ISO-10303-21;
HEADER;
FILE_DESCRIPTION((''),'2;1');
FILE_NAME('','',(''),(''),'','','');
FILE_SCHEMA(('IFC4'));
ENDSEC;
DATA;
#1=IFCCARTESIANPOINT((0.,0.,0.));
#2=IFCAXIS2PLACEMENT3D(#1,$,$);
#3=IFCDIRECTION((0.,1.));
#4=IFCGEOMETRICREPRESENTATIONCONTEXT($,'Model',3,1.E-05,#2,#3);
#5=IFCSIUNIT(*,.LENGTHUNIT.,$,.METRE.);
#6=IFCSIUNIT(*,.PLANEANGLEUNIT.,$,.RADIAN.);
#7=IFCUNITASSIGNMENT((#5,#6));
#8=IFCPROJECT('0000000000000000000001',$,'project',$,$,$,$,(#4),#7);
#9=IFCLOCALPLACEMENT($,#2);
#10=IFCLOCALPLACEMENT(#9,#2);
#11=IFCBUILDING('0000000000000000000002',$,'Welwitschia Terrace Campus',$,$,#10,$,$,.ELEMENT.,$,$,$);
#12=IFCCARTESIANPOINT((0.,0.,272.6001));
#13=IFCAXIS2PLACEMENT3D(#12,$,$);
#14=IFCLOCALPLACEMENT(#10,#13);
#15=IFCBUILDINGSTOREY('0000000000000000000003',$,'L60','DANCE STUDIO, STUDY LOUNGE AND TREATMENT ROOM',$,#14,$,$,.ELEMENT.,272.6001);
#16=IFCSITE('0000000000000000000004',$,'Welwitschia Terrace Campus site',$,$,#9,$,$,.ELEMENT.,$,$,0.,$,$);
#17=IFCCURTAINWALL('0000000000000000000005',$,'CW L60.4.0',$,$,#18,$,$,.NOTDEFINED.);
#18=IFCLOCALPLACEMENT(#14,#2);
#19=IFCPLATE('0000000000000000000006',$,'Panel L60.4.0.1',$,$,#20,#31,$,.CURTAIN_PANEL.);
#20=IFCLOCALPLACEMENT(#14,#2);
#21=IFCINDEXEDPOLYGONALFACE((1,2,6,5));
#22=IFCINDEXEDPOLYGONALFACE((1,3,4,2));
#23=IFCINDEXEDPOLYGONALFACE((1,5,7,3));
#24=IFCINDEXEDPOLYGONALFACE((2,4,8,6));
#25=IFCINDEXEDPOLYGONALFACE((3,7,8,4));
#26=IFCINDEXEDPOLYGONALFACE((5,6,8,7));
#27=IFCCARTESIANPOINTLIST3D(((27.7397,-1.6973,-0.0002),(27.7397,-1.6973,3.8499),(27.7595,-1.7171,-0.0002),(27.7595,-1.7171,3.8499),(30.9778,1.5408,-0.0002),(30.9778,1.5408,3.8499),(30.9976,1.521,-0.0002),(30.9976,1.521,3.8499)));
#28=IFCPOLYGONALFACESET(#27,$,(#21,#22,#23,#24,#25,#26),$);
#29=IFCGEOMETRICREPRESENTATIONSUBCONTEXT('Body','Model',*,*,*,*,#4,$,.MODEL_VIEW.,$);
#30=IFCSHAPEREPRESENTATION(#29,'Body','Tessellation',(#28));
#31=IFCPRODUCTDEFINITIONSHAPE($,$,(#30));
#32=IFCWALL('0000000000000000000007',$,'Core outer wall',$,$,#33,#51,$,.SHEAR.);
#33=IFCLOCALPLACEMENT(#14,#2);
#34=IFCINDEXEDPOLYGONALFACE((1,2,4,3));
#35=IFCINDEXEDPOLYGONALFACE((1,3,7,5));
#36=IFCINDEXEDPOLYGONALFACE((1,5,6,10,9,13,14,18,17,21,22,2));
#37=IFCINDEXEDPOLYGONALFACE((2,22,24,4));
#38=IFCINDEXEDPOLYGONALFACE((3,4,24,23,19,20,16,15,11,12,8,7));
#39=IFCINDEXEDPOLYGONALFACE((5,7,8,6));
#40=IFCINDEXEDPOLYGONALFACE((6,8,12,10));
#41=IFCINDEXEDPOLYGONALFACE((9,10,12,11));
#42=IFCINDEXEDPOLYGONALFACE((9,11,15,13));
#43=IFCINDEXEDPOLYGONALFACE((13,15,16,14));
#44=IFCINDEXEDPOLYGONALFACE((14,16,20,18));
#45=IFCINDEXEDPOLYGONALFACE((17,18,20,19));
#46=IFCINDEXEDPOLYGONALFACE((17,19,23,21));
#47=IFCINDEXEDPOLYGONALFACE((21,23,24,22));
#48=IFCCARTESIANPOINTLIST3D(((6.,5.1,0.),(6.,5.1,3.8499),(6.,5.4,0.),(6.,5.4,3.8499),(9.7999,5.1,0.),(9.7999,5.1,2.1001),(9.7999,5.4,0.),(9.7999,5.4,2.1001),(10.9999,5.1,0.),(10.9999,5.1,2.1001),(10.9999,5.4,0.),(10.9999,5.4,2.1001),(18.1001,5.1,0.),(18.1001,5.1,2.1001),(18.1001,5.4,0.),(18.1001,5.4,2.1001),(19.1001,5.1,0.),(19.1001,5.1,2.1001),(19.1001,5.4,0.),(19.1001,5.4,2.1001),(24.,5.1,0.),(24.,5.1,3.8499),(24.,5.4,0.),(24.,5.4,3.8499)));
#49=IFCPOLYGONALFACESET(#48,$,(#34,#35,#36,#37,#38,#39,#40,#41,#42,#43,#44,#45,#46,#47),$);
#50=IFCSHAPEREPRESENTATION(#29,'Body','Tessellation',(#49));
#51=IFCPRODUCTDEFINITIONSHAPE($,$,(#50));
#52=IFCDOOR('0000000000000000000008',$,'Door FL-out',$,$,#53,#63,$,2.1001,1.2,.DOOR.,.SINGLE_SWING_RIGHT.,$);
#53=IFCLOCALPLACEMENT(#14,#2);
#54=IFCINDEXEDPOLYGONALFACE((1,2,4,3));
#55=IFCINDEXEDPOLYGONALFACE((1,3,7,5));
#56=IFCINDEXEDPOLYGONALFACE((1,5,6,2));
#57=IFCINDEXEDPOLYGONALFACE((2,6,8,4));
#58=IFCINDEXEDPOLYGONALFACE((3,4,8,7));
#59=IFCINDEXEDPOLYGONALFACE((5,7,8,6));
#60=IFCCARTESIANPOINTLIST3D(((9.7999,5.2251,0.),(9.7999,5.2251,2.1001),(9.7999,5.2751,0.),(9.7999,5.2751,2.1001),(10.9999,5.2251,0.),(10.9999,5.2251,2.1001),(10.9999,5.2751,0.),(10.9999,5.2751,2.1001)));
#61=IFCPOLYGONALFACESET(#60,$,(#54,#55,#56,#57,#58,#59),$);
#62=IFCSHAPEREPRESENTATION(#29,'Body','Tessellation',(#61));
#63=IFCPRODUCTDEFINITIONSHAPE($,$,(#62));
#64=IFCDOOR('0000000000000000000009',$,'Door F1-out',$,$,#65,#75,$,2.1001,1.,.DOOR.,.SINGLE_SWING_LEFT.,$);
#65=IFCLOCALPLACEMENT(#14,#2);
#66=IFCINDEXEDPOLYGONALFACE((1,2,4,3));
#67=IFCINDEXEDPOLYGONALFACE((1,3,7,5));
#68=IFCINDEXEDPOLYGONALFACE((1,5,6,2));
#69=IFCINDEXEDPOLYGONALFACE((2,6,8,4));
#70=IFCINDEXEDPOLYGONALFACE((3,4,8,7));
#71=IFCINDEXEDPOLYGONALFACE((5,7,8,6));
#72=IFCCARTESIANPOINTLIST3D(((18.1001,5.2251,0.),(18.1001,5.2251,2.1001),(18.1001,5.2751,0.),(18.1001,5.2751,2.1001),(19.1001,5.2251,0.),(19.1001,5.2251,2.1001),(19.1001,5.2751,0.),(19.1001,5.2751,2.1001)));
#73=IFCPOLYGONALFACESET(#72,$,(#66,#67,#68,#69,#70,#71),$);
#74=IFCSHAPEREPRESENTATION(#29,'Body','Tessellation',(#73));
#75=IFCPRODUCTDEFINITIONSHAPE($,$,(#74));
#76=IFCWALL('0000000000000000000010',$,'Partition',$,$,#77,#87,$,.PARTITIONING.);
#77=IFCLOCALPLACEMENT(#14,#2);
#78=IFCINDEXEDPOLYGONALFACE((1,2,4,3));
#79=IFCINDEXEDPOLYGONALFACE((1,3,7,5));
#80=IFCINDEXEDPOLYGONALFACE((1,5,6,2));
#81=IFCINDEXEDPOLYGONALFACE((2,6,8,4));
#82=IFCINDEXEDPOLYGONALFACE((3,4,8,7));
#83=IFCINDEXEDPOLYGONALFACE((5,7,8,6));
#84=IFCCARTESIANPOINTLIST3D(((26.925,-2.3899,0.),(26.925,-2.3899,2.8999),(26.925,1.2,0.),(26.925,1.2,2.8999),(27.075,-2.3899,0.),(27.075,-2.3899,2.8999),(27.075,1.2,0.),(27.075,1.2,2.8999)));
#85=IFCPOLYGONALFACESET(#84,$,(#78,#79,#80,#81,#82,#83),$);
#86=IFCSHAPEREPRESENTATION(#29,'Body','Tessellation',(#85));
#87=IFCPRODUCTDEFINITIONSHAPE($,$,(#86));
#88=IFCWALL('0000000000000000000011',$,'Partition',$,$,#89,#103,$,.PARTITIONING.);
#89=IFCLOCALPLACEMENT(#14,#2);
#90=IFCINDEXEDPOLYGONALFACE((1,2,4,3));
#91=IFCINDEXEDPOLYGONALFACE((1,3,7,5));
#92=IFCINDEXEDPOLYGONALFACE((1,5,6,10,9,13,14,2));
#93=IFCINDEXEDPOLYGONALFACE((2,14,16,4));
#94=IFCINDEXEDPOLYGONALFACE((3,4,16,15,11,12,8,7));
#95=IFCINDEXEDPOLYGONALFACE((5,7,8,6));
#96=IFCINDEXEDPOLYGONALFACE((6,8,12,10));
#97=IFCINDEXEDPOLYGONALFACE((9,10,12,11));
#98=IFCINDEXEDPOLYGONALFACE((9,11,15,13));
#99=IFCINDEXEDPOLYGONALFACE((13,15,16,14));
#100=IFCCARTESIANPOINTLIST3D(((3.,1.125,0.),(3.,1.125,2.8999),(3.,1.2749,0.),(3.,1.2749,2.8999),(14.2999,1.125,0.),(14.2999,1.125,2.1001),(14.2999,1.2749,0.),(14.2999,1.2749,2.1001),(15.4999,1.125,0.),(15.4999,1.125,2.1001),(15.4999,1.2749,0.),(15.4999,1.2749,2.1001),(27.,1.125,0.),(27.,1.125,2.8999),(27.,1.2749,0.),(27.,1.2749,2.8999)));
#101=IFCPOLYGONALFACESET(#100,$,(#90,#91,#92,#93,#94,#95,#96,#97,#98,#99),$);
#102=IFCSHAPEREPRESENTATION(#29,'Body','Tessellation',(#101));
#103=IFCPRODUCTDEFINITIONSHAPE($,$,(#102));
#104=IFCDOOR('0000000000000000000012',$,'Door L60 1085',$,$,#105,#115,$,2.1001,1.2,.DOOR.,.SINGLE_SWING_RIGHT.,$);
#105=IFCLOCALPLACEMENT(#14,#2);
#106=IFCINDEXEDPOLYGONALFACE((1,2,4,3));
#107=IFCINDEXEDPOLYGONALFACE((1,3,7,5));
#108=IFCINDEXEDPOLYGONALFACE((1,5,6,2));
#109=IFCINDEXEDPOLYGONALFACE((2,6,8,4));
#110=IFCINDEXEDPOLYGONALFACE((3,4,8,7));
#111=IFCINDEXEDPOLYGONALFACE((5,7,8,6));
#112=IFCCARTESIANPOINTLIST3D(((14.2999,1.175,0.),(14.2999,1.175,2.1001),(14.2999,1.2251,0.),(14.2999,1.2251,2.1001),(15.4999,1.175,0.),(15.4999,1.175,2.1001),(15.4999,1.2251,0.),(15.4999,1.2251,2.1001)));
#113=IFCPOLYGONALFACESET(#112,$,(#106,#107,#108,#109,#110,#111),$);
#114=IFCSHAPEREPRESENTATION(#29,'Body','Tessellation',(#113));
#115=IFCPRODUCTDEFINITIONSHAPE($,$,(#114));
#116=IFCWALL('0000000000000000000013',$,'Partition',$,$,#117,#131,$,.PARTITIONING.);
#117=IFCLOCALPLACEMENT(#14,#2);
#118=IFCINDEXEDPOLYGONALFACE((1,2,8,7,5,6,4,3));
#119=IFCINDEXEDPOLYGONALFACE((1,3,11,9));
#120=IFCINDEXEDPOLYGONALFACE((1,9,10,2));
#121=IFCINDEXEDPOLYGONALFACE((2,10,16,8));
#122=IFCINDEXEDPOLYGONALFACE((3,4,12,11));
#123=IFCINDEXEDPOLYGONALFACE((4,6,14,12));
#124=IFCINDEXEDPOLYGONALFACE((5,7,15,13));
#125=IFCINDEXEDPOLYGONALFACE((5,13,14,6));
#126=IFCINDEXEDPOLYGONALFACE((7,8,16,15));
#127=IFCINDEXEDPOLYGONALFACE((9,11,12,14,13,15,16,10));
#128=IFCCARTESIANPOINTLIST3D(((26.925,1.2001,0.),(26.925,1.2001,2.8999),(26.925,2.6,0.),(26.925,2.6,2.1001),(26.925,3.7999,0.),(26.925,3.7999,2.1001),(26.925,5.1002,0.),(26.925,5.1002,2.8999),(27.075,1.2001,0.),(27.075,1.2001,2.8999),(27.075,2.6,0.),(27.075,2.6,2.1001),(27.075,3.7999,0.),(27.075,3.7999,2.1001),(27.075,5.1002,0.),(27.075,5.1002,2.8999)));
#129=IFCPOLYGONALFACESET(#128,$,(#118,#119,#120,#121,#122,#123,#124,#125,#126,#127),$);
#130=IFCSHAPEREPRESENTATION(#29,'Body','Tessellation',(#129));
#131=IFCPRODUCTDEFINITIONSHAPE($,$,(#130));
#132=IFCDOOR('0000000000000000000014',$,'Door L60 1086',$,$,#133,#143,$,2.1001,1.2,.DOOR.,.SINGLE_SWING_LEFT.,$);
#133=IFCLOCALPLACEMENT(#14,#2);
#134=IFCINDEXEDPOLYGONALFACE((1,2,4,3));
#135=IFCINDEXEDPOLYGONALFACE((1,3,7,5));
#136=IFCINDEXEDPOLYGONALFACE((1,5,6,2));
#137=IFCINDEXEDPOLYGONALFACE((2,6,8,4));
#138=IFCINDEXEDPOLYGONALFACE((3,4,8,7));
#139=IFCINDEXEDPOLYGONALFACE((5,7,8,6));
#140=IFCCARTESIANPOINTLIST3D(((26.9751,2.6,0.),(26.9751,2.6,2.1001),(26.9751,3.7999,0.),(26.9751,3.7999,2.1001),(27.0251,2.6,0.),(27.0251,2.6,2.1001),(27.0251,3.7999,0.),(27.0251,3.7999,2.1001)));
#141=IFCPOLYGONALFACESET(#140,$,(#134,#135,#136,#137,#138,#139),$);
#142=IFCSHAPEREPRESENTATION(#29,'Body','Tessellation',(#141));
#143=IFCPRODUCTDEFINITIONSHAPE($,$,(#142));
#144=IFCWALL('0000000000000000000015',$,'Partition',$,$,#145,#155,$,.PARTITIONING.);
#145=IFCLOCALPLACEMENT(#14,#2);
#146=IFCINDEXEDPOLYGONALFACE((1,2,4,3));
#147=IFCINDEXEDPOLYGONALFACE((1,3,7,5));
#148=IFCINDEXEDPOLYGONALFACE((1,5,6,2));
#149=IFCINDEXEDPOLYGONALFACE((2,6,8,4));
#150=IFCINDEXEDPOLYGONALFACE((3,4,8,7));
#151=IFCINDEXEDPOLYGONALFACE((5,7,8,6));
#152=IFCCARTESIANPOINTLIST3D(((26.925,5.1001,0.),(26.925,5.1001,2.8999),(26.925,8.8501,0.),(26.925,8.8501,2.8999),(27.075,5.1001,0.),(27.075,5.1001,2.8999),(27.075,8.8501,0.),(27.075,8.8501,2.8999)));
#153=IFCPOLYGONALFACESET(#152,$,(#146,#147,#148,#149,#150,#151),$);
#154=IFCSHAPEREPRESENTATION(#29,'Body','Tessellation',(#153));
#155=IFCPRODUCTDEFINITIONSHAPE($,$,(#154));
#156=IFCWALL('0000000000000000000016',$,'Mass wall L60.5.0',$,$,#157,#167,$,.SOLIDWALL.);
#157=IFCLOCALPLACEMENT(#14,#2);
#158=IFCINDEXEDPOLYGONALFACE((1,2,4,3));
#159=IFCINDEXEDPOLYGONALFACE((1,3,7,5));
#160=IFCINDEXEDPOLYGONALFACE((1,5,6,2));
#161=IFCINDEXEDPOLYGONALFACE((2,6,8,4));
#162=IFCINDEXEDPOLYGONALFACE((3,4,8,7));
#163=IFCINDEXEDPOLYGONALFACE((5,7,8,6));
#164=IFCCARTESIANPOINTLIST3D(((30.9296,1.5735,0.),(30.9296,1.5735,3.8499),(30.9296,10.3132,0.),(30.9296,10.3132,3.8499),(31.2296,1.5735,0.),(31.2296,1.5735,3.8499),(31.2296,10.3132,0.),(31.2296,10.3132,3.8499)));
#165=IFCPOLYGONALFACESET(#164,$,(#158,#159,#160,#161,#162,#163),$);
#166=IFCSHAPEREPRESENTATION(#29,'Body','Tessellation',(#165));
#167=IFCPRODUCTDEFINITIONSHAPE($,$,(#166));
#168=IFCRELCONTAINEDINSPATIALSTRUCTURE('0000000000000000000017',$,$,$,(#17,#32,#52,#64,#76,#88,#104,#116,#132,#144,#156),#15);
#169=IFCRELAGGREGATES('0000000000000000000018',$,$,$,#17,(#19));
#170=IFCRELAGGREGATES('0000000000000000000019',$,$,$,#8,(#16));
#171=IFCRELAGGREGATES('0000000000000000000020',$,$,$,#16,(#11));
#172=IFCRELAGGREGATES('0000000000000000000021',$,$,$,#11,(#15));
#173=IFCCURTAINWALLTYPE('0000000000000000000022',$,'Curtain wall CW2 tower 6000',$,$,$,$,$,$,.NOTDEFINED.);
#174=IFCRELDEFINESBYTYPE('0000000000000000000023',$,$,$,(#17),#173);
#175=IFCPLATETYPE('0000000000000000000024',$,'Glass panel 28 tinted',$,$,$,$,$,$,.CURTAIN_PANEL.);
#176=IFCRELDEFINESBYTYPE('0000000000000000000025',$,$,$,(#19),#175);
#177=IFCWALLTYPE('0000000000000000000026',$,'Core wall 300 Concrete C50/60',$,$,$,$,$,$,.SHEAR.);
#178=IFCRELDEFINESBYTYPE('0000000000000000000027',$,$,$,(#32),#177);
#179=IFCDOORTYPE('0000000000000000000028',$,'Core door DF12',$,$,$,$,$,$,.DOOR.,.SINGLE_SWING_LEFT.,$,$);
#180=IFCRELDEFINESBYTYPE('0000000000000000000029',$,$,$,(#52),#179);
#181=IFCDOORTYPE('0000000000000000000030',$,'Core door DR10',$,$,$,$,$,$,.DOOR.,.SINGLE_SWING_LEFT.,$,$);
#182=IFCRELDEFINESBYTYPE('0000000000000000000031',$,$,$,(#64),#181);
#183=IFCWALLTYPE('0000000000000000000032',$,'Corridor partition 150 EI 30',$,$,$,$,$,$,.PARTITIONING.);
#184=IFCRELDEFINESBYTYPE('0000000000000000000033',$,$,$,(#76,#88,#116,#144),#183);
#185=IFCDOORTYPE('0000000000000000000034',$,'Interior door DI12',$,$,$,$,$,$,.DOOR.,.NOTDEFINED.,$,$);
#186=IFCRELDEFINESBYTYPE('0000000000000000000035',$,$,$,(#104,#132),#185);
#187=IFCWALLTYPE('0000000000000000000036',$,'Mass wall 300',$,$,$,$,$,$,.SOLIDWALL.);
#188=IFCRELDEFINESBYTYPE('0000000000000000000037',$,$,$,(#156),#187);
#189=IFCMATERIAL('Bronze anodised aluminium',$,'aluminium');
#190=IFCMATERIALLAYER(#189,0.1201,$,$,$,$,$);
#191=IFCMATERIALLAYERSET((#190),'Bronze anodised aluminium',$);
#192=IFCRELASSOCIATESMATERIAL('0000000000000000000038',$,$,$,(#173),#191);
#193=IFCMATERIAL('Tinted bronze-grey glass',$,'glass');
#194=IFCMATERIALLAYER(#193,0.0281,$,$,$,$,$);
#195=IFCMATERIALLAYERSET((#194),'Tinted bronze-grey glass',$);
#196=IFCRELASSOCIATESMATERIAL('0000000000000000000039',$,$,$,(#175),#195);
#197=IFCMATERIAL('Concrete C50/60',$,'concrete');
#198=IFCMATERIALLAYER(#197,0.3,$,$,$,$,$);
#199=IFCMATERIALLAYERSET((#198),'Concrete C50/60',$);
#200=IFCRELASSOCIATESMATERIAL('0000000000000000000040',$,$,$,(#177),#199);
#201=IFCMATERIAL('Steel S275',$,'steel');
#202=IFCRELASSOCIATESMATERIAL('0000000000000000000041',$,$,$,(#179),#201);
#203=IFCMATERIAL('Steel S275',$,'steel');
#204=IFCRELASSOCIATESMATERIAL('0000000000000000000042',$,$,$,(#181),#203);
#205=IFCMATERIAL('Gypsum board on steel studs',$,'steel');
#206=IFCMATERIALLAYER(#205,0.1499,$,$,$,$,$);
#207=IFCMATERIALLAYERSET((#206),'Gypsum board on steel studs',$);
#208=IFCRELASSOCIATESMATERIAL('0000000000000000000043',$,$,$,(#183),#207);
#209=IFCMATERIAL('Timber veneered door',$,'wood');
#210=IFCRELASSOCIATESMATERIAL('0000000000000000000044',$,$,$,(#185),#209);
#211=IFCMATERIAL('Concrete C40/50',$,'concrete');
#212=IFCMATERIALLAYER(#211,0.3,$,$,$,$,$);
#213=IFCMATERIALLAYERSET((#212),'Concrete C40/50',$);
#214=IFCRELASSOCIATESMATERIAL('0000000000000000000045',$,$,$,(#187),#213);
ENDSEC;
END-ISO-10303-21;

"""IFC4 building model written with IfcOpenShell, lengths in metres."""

from ifc_helpers import new_model, si_unit, direction, frame, frame_2d, origin, origin_2d, place, context, subcontext, project, spatial, rectangle, extrude, material, layer, layer_set, type_object, element, fill, aggregate, save


model = new_model("IFC4")

# Units and contexts
model_context = context("Model", 3, precision=1e-05, world=origin(), true_north=direction((0.0, 1.0)))
body_context = subcontext(model_context, "Body", "Model", "MODEL_VIEW")
ifc_project = project(units=[si_unit("LENGTHUNIT", "METRE"), si_unit("PLANEANGLEUNIT", "RADIAN")], contexts=[model_context])

# Site, building, storey
site_placement = place(None, origin())
site = spatial("IfcSite", under=ifc_project, at=site_placement, Name="Welwitschia Terrace Campus site", CompositionType="ELEMENT", RefElevation=0.0)
building_placement = place(site_placement, origin())
building = spatial("IfcBuilding", under=site, at=building_placement, Name="Welwitschia Terrace Campus", CompositionType="ELEMENT")
storey_placement = place(building_placement, frame((0.0, 0.0, 272.6001)))
storey = spatial("IfcBuildingStorey", under=building, at=storey_placement, Name="L60", Description="DANCE STUDIO, STUDY LOUNGE AND TREATMENT ROOM", CompositionType="ELEMENT", Elevation=272.6001)

# Curtain wall
ifc_material_1 = material(Name="Bronze anodised aluminium", Category="aluminium")
ifc_layer_1 = layer(ifc_material_1, 0.1201)
ifc_layer_set_1 = layer_set([ifc_layer_1], Name="Bronze anodised aluminium")
curtain_wall_type = type_object("IfcCurtainWallType", Name="Curtain wall CW2 tower 6000", PredefinedType="NOTDEFINED", material=ifc_layer_set_1)
curtain_wall_placement = place(storey_placement, origin())
curtain_wall = element("IfcCurtainWall", 1, at=curtain_wall_placement, inside=storey, type_object=curtain_wall_type, Name="CW L60.4.0", PredefinedType="NOTDEFINED")

# Plate
ifc_material_2 = material(Name="Tinted bronze-grey glass", Category="glass")
ifc_layer_2 = layer(ifc_material_2, 0.0281)
ifc_layer_set_2 = layer_set([ifc_layer_2], Name="Tinted bronze-grey glass")
plate_type = type_object("IfcPlateType", Name="Glass panel 28 tinted", PredefinedType="CURTAIN_PANEL", material=ifc_layer_set_2)
plate_1_placement = place(storey_placement, frame((29.3687, -0.0881, -0.0002), z_axis=(0.0, 0.0, 1.0), x_axis=(0.707107, 0.707107, 0.0)))
plate_1 = element("IfcPlate", 2, at=plate_1_placement, type_object=plate_type, Name="Panel L60.4.0.1", PredefinedType="CURTAIN_PANEL", context=body_context, shape_type="SweptSolid", body=[
    extrude(rectangle(XDim=4.5793, YDim=0.0281, at=origin_2d()), origin(), (0.0, 0.0, 1.0), 3.8501),
])
aggregate(curtain_wall, [plate_1])

# Wall, openings, doors
ifc_material_3 = material(Name="Concrete C50/60", Category="concrete")
ifc_layer_3 = layer(ifc_material_3, 0.3)
ifc_layer_set_3 = layer_set([ifc_layer_3], Name="Concrete C50/60")
wall_type_1 = type_object("IfcWallType", Name="Core wall 300 Concrete C50/60", PredefinedType="SHEAR", material=ifc_layer_set_3)
wall_1_placement = place(storey_placement, frame((24.0, 5.25, 0.0), z_axis=(0.0, 0.0, 1.0), x_axis=(-1.0, 0.0, 0.0)))
wall_1 = element("IfcWall", 3, at=wall_1_placement, inside=storey, type_object=wall_type_1, Name="Core outer wall", PredefinedType="SHEAR", context=body_context, shape_type="SweptSolid", body=[
    extrude(rectangle(XDim=18.0, YDim=0.3, at=frame_2d((9.0, 0.0))), origin(), (0.0, 0.0, 1.0), 3.8499),
])
opening_1_placement = place(wall_1_placement, frame((13.0, 0.0, 0.0)))
opening_1 = element("IfcOpeningElement", 4, at=opening_1_placement, cuts=wall_1, PredefinedType="OPENING", context=body_context, shape_type="SweptSolid", body=[
    extrude(rectangle(XDim=1.2, YDim=2.1001, at=frame_2d((0.6001, 1.05))), frame((0.0, 0.1599, 0.0), z_axis=(0.0, -1.0, 0.0), x_axis=(1.0, 0.0, 0.0)), (0.0, 0.0, 1.0), 0.3201),
])
opening_2_placement = place(wall_1_placement, frame((4.8999, 0.0, 0.0)))
opening_2 = element("IfcOpeningElement", 5, at=opening_2_placement, cuts=wall_1, PredefinedType="OPENING", context=body_context, shape_type="SweptSolid", body=[
    extrude(rectangle(XDim=1.0, YDim=2.1001, at=frame_2d((0.5, 1.05))), frame((0.0, 0.1599, 0.0), z_axis=(0.0, -1.0, 0.0), x_axis=(1.0, 0.0, 0.0)), (0.0, 0.0, 1.0), 0.3201),
])
ifc_material_4 = material(Name="Steel S275", Category="steel")
door_type_1 = type_object("IfcDoorType", Name="Core door DF12", OperationType="SINGLE_SWING_LEFT", PredefinedType="DOOR", material=ifc_material_4)
door_1_placement = place(opening_1_placement, origin())
door_1 = element("IfcDoor", 6, at=door_1_placement, inside=storey, type_object=door_type_1, Name="Door FL-out", OperationType="SINGLE_SWING_RIGHT", OverallHeight=2.1001, OverallWidth=1.2, PredefinedType="DOOR", context=body_context, shape_type="SweptSolid", body=[
    extrude(rectangle(XDim=1.2, YDim=2.1001, at=frame_2d((0.6001, 1.05))), frame((0.0, 0.0249, 0.0), z_axis=(0.0, -1.0, 0.0), x_axis=(1.0, 0.0, 0.0)), (0.0, 0.0, 1.0), 0.05),
])
fill(opening_1, door_1)
ifc_material_5 = material(Name="Steel S275", Category="steel")
door_type_2 = type_object("IfcDoorType", Name="Core door DR10", OperationType="SINGLE_SWING_LEFT", PredefinedType="DOOR", material=ifc_material_5)
door_2_placement = place(opening_2_placement, origin())
door_2 = element("IfcDoor", 7, at=door_2_placement, inside=storey, type_object=door_type_2, Name="Door F1-out", OperationType="SINGLE_SWING_LEFT", OverallHeight=2.1001, OverallWidth=1.0, PredefinedType="DOOR", context=body_context, shape_type="SweptSolid", body=[
    extrude(rectangle(XDim=1.0, YDim=2.1001, at=frame_2d((0.5, 1.05))), frame((0.0, 0.0249, 0.0), z_axis=(0.0, -1.0, 0.0), x_axis=(1.0, 0.0, 0.0)), (0.0, 0.0, 1.0), 0.05),
])
fill(opening_2, door_2)

# Wall
ifc_material_6 = material(Name="Gypsum board on steel studs", Category="steel")
ifc_layer_4 = layer(ifc_material_6, 0.1499)
ifc_layer_set_4 = layer_set([ifc_layer_4], Name="Gypsum board on steel studs")
wall_type_2 = type_object("IfcWallType", Name="Corridor partition 150 EI 30", PredefinedType="PARTITIONING", material=ifc_layer_set_4)
wall_2_placement = place(storey_placement, frame((27.0, -2.3899, 0.0), z_axis=(0.0, 0.0, 1.0), x_axis=(0.0, 1.0, 0.0)))
element("IfcWall", 8, at=wall_2_placement, inside=storey, type_object=wall_type_2, Name="Partition", PredefinedType="PARTITIONING", context=body_context, shape_type="SweptSolid", body=[
    extrude(rectangle(XDim=3.5898, YDim=0.1499, at=frame_2d((1.7949, 0.0))), origin(), (0.0, 0.0, 1.0), 2.8999),
])

# Walls, openings, doors
wall_3_placement = place(storey_placement, frame((27.0, 1.2, 0.0), z_axis=(0.0, 0.0, 1.0), x_axis=(-1.0, 0.0, 0.0)))
wall_3 = element("IfcWall", 9, at=wall_3_placement, inside=storey, type_object=wall_type_2, Name="Partition", PredefinedType="PARTITIONING", context=body_context, shape_type="SweptSolid", body=[
    extrude(rectangle(XDim=24.0, YDim=0.1499, at=frame_2d((12.0, 0.0))), origin(), (0.0, 0.0, 1.0), 2.8999),
])
opening_3_placement = place(wall_3_placement, frame((11.5, 0.0, 0.0)))
opening_3 = element("IfcOpeningElement", 10, at=opening_3_placement, cuts=wall_3, PredefinedType="OPENING", context=body_context, shape_type="SweptSolid", body=[
    extrude(rectangle(XDim=1.2, YDim=2.1001, at=frame_2d((0.6001, 1.05))), frame((0.0, 0.085, 0.0), z_axis=(0.0, -1.0, 0.0), x_axis=(1.0, 0.0, 0.0)), (0.0, 0.0, 1.0), 0.1699),
])
ifc_material_7 = material(Name="Timber veneered door", Category="wood")
door_type_3 = type_object("IfcDoorType", Name="Interior door DI12", OperationType="NOTDEFINED", PredefinedType="DOOR", material=ifc_material_7)
door_3_placement = place(opening_3_placement, origin())
door_3 = element("IfcDoor", 11, at=door_3_placement, inside=storey, type_object=door_type_3, Name="Door L60 1085", OperationType="SINGLE_SWING_RIGHT", OverallHeight=2.1001, OverallWidth=1.2, PredefinedType="DOOR", context=body_context, shape_type="SweptSolid", body=[
    extrude(rectangle(XDim=1.2, YDim=2.1001, at=frame_2d((0.6001, 1.05))), frame((0.0, 0.0249, 0.0), z_axis=(0.0, -1.0, 0.0), x_axis=(1.0, 0.0, 0.0)), (0.0, 0.0, 1.0), 0.05),
])
fill(opening_3, door_3)
wall_4_placement = place(storey_placement, frame((27.0, 1.2, 0.0), z_axis=(0.0, 0.0, 1.0), x_axis=(0.0, 1.0, 0.0)))
wall_4 = element("IfcWall", 12, at=wall_4_placement, inside=storey, type_object=wall_type_2, Name="Partition", PredefinedType="PARTITIONING", context=body_context, shape_type="SweptSolid", body=[
    extrude(rectangle(XDim=3.9001, YDim=0.1499, at=frame_2d((1.9502, 0.0))), origin(), (0.0, 0.0, 1.0), 2.8999),
])
opening_4_placement = place(wall_4_placement, frame((1.3999, 0.0, 0.0)))
opening_4 = element("IfcOpeningElement", 13, at=opening_4_placement, cuts=wall_4, PredefinedType="OPENING", context=body_context, shape_type="SweptSolid", body=[
    extrude(rectangle(XDim=1.2, YDim=2.1001, at=frame_2d((0.6001, 1.05))), frame((0.0, 0.085, 0.0), z_axis=(0.0, -1.0, 0.0), x_axis=(1.0, 0.0, 0.0)), (0.0, 0.0, 1.0), 0.1699),
])
door_4_placement = place(opening_4_placement, origin())
door_4 = element("IfcDoor", 14, at=door_4_placement, inside=storey, type_object=door_type_3, Name="Door L60 1086", OperationType="SINGLE_SWING_LEFT", OverallHeight=2.1001, OverallWidth=1.2, PredefinedType="DOOR", context=body_context, shape_type="SweptSolid", body=[
    extrude(rectangle(XDim=1.2, YDim=2.1001, at=frame_2d((0.6001, 1.05))), frame((0.0, 0.0249, 0.0), z_axis=(0.0, -1.0, 0.0), x_axis=(1.0, 0.0, 0.0)), (0.0, 0.0, 1.0), 0.05),
])
fill(opening_4, door_4)

# Walls
wall_5_placement = place(storey_placement, frame((27.0, 5.1001, 0.0), z_axis=(0.0, 0.0, 1.0), x_axis=(0.0, 1.0, 0.0)))
element("IfcWall", 15, at=wall_5_placement, inside=storey, type_object=wall_type_2, Name="Partition", PredefinedType="PARTITIONING", context=body_context, shape_type="SweptSolid", body=[
    extrude(rectangle(XDim=3.75, YDim=0.1499, at=frame_2d((1.875, 0.0))), origin(), (0.0, 0.0, 1.0), 2.8999),
])
ifc_material_8 = material(Name="Concrete C40/50", Category="concrete")
ifc_layer_5 = layer(ifc_material_8, 0.3)
ifc_layer_set_5 = layer_set([ifc_layer_5], Name="Concrete C40/50")
wall_type_3 = type_object("IfcWallType", Name="Mass wall 300", PredefinedType="SOLIDWALL", material=ifc_layer_set_5)
wall_6_placement = place(storey_placement, frame((31.0796, 1.5735, 0.0), z_axis=(0.0, 0.0, 1.0), x_axis=(0.0, 1.0, 0.0)))
element("IfcWall", 16, at=wall_6_placement, inside=storey, type_object=wall_type_3, Name="Mass wall L60.5.0", PredefinedType="SOLIDWALL", context=body_context, shape_type="SweptSolid", body=[
    extrude(rectangle(XDim=8.7397, YDim=0.3, at=frame_2d((4.3699, 0.0))), origin(), (0.0, 0.0, 1.0), 3.8499),
])

save(model, "model.ifc")
